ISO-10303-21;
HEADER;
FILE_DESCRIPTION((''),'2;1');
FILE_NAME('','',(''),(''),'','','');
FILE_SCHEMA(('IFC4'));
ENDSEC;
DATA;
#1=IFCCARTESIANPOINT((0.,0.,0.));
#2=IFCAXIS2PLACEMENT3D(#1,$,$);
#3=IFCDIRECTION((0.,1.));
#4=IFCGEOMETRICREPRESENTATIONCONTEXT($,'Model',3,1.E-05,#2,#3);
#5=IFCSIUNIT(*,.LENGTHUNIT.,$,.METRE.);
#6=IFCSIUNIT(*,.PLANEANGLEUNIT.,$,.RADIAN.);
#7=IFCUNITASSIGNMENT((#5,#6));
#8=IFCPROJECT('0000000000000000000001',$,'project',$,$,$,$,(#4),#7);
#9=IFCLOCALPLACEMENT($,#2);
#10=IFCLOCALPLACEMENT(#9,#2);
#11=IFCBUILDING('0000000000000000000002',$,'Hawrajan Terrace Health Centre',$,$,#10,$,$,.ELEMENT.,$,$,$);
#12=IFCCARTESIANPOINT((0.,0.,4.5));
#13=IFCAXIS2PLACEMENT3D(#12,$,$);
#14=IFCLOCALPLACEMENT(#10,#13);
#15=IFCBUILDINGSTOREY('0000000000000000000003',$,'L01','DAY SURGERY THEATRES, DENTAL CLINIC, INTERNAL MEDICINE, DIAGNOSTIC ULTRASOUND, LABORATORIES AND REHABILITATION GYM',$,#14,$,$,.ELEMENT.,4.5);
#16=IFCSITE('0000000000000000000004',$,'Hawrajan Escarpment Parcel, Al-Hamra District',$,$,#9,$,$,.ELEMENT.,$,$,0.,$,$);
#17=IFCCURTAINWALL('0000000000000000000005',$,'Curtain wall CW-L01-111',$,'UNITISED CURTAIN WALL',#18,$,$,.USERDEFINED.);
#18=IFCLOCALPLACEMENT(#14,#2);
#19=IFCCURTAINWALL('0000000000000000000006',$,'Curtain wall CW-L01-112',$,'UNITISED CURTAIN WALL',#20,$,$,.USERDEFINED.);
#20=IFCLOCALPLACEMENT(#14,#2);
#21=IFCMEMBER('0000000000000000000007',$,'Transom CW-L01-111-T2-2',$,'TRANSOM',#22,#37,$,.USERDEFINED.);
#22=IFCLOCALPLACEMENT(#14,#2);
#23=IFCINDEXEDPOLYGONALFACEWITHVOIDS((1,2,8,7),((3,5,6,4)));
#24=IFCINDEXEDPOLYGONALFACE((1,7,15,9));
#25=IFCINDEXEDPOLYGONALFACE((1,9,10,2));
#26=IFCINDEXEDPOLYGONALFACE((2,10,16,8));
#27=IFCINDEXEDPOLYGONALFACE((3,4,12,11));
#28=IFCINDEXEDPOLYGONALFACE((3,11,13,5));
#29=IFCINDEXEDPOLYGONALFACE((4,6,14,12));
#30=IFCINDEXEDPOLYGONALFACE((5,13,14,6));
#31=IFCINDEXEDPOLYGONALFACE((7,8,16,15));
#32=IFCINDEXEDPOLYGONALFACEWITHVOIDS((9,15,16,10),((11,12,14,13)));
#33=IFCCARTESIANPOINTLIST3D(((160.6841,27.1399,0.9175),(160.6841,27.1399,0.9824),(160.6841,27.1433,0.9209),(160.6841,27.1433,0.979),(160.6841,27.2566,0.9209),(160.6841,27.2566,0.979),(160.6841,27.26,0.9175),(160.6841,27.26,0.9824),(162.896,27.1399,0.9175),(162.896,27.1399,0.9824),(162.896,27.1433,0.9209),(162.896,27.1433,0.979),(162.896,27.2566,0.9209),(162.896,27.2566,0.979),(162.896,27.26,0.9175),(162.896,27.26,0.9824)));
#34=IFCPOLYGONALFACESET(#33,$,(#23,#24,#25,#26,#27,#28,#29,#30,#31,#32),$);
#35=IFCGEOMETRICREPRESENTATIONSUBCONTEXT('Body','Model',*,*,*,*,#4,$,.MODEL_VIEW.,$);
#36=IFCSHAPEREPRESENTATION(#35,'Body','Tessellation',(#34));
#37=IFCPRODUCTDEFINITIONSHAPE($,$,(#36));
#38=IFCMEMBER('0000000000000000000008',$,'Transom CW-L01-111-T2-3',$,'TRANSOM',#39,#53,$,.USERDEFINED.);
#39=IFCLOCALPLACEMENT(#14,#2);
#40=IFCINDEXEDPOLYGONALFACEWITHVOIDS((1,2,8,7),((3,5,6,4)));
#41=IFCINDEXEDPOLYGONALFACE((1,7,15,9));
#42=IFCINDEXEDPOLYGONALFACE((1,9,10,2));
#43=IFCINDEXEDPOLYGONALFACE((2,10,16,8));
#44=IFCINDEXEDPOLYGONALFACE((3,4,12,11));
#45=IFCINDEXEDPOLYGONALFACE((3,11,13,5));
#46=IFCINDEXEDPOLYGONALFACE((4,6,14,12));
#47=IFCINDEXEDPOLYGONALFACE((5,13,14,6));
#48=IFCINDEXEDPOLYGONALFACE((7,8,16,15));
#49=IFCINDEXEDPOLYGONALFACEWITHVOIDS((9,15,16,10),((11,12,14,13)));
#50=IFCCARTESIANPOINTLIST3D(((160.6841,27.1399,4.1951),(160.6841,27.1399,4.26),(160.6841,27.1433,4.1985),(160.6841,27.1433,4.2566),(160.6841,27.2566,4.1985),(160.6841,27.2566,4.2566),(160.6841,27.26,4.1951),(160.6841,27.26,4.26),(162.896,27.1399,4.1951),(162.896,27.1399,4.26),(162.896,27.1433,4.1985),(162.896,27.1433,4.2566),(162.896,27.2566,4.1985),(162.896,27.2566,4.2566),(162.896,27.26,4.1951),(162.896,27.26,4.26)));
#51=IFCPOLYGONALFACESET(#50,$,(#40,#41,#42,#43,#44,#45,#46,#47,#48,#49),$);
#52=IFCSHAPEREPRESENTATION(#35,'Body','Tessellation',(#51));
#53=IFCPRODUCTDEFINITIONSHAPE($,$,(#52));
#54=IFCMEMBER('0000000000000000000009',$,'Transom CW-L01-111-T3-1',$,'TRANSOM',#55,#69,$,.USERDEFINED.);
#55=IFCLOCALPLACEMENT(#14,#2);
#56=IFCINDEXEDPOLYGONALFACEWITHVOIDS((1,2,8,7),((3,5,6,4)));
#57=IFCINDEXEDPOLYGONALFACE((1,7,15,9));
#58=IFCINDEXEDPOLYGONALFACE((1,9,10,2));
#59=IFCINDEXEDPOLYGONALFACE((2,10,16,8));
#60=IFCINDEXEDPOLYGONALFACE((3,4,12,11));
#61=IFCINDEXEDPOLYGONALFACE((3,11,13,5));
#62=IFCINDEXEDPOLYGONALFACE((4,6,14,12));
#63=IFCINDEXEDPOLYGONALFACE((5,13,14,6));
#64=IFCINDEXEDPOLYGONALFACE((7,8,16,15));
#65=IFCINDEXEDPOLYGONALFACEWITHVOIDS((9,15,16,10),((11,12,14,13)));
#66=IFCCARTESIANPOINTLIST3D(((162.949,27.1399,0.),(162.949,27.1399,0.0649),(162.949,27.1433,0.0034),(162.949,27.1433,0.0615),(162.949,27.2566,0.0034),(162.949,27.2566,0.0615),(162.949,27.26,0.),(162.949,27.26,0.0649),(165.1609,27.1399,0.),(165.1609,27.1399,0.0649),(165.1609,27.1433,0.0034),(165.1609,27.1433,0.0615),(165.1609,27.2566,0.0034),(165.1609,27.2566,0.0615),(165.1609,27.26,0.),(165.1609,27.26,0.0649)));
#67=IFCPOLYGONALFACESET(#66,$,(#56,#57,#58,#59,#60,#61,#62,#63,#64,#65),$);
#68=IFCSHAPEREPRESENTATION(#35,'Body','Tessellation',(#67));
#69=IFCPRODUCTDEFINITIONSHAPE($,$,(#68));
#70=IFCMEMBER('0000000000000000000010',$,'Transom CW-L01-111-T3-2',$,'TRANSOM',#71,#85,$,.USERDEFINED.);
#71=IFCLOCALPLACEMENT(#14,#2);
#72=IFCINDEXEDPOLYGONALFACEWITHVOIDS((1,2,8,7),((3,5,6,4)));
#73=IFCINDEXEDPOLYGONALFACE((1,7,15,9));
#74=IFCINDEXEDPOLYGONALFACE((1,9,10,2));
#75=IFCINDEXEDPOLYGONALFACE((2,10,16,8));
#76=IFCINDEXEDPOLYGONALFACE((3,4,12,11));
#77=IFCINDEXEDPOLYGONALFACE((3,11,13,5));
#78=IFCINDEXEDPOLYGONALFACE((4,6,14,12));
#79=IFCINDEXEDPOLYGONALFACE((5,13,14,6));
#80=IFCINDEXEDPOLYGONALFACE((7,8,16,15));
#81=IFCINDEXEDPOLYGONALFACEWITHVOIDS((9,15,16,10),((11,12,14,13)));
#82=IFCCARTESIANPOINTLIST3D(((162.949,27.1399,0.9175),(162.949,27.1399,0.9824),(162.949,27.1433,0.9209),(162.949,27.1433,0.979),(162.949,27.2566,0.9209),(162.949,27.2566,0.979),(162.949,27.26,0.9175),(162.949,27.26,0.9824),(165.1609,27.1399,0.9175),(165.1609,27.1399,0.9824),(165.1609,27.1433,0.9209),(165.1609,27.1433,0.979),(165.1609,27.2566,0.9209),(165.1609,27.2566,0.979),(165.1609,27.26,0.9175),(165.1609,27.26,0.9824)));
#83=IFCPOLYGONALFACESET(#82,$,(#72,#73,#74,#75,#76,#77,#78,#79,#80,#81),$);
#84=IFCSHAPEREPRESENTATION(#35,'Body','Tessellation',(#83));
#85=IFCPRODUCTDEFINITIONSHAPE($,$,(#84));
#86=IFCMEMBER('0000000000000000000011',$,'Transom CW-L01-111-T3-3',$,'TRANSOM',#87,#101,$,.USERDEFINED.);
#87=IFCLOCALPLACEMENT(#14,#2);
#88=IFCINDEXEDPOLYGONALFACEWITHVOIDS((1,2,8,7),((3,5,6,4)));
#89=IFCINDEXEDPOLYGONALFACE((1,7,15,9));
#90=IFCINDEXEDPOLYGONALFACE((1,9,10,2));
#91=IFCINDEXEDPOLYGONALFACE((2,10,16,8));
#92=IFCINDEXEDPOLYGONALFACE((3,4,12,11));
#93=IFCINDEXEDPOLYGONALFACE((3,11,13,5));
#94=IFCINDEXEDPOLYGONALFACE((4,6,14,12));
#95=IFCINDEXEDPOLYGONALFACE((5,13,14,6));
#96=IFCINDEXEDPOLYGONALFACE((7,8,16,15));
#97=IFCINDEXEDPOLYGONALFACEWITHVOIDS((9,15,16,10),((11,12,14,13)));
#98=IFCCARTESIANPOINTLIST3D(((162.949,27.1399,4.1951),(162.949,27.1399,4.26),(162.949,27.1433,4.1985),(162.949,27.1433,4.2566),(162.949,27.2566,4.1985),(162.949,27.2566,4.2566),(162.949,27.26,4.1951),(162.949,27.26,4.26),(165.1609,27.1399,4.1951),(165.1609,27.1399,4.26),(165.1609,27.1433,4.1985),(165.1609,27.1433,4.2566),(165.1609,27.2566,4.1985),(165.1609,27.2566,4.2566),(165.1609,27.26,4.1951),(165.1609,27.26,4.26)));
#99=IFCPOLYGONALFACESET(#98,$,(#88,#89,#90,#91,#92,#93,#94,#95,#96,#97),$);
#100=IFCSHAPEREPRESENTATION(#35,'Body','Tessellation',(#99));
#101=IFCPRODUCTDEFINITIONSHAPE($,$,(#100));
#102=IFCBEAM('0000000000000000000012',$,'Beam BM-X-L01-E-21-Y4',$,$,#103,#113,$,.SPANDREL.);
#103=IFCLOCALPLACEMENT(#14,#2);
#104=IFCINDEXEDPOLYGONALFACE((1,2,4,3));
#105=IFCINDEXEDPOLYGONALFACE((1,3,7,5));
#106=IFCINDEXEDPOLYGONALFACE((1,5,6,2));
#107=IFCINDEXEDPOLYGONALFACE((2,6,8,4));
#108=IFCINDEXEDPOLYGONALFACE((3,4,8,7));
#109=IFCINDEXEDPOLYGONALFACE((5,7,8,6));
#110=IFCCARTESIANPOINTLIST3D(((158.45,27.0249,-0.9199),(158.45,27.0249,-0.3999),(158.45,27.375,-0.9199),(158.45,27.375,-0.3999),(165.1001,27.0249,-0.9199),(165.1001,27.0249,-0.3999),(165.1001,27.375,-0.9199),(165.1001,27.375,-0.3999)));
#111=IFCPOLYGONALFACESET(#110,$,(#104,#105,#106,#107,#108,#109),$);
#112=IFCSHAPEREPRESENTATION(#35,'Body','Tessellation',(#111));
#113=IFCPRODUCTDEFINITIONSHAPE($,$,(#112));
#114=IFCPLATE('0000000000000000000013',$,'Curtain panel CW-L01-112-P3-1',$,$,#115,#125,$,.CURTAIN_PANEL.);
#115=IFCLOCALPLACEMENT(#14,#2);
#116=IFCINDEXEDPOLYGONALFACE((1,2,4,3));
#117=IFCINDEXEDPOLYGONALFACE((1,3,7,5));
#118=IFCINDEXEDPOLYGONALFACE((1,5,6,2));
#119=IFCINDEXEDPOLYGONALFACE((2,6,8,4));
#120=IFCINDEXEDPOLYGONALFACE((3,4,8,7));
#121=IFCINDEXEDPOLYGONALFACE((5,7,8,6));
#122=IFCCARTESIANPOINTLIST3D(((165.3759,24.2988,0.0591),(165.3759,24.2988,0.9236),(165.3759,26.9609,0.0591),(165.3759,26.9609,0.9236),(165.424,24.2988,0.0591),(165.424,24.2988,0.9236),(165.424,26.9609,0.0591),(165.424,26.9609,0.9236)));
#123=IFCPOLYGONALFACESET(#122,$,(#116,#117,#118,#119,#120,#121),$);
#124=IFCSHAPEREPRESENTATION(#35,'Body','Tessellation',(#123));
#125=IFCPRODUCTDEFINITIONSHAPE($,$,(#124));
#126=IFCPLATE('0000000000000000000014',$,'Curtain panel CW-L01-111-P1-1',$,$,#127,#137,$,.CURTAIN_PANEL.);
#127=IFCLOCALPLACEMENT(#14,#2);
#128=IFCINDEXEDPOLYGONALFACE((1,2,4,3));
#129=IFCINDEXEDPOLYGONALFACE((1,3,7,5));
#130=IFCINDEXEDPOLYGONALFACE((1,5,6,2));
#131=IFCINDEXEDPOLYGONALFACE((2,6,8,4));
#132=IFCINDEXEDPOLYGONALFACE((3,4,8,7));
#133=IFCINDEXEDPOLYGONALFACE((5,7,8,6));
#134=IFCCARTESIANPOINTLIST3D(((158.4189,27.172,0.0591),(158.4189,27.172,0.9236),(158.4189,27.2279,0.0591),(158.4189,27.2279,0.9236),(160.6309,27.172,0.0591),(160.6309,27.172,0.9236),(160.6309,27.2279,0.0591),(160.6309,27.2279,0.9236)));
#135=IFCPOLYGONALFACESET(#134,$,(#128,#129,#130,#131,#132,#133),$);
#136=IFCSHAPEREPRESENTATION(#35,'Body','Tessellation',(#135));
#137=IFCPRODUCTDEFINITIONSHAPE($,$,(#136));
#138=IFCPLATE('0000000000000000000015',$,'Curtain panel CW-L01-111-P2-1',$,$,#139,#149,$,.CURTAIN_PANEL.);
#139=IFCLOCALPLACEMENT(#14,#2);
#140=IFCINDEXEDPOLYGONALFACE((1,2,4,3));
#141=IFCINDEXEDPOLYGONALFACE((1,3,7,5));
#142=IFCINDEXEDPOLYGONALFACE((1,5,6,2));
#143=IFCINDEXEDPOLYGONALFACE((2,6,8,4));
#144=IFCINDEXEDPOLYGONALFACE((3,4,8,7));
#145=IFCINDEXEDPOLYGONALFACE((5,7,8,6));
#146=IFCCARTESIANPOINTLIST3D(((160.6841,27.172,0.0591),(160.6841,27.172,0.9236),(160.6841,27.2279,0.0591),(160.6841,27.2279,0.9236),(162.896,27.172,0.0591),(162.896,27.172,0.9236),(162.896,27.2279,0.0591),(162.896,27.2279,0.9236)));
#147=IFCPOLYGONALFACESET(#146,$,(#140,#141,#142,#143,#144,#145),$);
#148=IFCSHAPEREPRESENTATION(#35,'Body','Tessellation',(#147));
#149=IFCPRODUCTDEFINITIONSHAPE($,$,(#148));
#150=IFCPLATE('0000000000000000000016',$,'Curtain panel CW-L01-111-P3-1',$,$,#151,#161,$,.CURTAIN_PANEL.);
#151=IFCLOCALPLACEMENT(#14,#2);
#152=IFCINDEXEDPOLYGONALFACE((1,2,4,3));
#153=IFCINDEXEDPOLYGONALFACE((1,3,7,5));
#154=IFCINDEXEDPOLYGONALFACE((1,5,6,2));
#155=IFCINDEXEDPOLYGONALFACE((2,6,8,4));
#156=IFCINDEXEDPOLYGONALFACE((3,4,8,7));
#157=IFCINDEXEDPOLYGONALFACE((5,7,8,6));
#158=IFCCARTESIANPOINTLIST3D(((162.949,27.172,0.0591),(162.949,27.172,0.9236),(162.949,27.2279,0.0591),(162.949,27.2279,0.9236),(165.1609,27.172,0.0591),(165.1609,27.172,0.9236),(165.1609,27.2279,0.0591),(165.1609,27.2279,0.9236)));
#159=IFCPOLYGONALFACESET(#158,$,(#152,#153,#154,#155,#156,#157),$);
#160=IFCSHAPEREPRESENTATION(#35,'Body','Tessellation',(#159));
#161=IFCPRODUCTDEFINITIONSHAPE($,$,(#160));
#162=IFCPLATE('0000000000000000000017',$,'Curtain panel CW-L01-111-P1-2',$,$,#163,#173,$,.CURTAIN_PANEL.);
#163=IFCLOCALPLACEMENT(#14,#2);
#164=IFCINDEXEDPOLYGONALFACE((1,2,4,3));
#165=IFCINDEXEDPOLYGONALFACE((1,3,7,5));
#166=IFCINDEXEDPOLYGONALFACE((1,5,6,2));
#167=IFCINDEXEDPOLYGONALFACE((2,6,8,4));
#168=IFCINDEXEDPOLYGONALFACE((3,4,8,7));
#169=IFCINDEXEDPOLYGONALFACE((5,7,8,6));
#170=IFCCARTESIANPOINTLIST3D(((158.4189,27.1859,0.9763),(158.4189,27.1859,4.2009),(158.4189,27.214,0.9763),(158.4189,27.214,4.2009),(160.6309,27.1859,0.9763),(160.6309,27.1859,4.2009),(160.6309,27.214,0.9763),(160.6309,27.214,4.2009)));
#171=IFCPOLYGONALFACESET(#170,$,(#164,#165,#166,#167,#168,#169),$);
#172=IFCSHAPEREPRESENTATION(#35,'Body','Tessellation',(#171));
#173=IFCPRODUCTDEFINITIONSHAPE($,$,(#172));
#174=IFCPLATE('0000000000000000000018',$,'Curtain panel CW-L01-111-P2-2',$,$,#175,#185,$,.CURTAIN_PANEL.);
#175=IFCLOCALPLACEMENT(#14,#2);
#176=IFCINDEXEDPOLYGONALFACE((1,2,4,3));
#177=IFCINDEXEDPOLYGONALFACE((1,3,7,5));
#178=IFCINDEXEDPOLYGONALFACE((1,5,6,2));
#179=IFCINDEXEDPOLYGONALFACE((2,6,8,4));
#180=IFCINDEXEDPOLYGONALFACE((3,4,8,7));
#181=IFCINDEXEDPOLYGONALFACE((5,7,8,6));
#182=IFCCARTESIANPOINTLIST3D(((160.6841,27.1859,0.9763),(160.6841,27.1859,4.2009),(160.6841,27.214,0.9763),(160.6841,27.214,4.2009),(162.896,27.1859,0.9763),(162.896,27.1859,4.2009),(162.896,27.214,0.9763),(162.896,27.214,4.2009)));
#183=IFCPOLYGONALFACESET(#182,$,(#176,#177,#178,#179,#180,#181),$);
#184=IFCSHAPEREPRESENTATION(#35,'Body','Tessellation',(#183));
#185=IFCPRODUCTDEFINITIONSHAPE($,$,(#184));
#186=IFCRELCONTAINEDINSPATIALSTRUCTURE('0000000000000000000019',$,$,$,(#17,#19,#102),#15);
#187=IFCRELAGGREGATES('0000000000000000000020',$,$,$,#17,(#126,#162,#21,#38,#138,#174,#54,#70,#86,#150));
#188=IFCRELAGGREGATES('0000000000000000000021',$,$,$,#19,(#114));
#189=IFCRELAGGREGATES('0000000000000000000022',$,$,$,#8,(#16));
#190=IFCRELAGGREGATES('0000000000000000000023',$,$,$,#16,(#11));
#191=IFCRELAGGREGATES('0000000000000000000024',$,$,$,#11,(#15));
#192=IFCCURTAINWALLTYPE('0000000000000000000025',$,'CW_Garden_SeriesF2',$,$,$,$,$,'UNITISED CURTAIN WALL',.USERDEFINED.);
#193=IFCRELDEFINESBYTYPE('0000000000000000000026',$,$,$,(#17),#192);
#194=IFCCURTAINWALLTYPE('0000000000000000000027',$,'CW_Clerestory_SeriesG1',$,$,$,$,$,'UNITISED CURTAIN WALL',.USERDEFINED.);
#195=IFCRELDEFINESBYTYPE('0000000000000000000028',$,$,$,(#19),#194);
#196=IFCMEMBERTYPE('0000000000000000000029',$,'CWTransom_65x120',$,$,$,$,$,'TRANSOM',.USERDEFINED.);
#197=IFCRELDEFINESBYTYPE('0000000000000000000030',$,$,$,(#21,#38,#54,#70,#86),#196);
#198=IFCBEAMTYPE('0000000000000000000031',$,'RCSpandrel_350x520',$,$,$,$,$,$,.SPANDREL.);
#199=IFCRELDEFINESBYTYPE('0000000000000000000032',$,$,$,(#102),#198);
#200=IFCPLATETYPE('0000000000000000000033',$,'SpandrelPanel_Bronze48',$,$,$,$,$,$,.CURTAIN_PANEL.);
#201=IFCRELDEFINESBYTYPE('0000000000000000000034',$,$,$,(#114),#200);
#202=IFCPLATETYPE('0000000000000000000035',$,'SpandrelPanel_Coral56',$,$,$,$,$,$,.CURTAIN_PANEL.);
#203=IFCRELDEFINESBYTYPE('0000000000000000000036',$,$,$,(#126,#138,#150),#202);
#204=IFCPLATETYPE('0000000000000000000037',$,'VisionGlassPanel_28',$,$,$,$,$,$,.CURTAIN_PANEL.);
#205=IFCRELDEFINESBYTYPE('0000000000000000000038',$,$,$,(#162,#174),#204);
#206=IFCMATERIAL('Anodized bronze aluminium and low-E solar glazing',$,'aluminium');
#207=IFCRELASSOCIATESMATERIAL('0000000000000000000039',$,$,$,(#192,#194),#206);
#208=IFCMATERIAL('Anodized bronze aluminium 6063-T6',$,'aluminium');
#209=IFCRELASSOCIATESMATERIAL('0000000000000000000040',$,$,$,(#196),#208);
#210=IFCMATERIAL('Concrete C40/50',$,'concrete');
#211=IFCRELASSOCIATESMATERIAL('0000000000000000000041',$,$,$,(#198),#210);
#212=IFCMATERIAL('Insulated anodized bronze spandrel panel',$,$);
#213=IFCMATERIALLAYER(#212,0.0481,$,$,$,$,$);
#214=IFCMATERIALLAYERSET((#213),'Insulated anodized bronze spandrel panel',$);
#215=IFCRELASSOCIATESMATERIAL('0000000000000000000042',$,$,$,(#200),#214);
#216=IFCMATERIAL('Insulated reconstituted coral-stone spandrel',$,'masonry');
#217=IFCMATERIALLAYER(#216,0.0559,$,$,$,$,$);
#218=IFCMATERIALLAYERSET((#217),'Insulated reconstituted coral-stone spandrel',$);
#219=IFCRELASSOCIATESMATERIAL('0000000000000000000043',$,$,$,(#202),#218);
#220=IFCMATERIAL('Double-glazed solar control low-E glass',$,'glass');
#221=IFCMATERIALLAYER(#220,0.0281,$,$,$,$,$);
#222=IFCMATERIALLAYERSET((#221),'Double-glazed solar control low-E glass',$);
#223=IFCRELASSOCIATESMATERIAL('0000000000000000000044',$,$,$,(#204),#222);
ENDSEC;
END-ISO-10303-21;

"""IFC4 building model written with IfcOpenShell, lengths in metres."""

from ifc_helpers import new_model, si_unit, direction, frame, origin, origin_2d, place, context, subcontext, project, spatial, rectangle, hollow_rectangle, extrude, material, layer, layer_set, material_profile, profile_set, type_object, element, aggregate, save


model = new_model("IFC4")

# Units and contexts
model_context = context("Model", 3, precision=1e-05, world=origin(), true_north=direction((0.0, 1.0)))
body_context = subcontext(model_context, "Body", "Model", "MODEL_VIEW")
ifc_project = project(units=[si_unit("LENGTHUNIT", "METRE"), si_unit("PLANEANGLEUNIT", "RADIAN")], contexts=[model_context])

# Site, building, storey
site_placement = place(None, origin())
site = spatial("IfcSite", under=ifc_project, at=site_placement, Name="Hawrajan Escarpment Parcel, Al-Hamra District", CompositionType="ELEMENT", RefElevation=0.0)
building_placement = place(site_placement, origin())
building = spatial("IfcBuilding", under=site, at=building_placement, Name="Hawrajan Terrace Health Centre", CompositionType="ELEMENT")
storey_placement = place(building_placement, frame((0.0, 0.0, 4.5)))
storey = spatial("IfcBuildingStorey", under=building, at=storey_placement, Name="L01", Description="DAY SURGERY THEATRES, DENTAL CLINIC, INTERNAL MEDICINE, DIAGNOSTIC ULTRASOUND, LABORATORIES AND REHABILITATION GYM", CompositionType="ELEMENT", Elevation=4.5)

# Curtain wall
ifc_material_1 = material(Name="Anodized bronze aluminium and low-E solar glazing", Category="aluminium")
curtain_wall_type_1 = type_object("IfcCurtainWallType", Name="CW_Garden_SeriesF2", ElementType="UNITISED CURTAIN WALL", PredefinedType="USERDEFINED", material=ifc_material_1)
curtain_wall_1_placement = place(storey_placement, origin())
curtain_wall_1 = element("IfcCurtainWall", 1, at=curtain_wall_1_placement, inside=storey, type_object=curtain_wall_type_1, Name="Curtain wall CW-L01-111", ObjectType="UNITISED CURTAIN WALL", PredefinedType="USERDEFINED")
ifc_material_2 = material(Name="Anodized bronze aluminium 6063-T6", Category="aluminium")

# Curtain wall
curtain_wall_type_2 = type_object("IfcCurtainWallType", Name="CW_Clerestory_SeriesG1", ElementType="UNITISED CURTAIN WALL", PredefinedType="USERDEFINED", material=ifc_material_1)
curtain_wall_2_placement = place(storey_placement, origin())
curtain_wall_2 = element("IfcCurtainWall", 2, at=curtain_wall_2_placement, inside=storey, type_object=curtain_wall_type_2, Name="Curtain wall CW-L01-112", ObjectType="UNITISED CURTAIN WALL", PredefinedType="USERDEFINED")

# Members
ifc_material_profile_1 = material_profile(ifc_material_2, hollow_rectangle(XDim=0.0649, YDim=0.1201, WallThickness=0.0034, at=origin_2d()), Name="CW TRN 65x120")
ifc_profile_set_1 = profile_set([ifc_material_profile_1], Name="Anodized bronze aluminium 6063-T6")
member_type_1 = type_object("IfcMemberType", Name="CWTransom_65x120", ElementType="TRANSOM", PredefinedType="USERDEFINED", material=ifc_profile_set_1)
member_1_placement = place(storey_placement, frame((160.6841, 27.2, 0.95), z_axis=(1.0, 0.0, 0.0), x_axis=(0.0, 0.0, 1.0)))
member_1 = element("IfcMember", 3, at=member_1_placement, type_object=member_type_1, Name="Transom CW-L01-111-T2-2", ObjectType="TRANSOM", PredefinedType="USERDEFINED", context=body_context, shape_type="SweptSolid", body=[
    extrude(hollow_rectangle(XDim=0.0649, YDim=0.1201, WallThickness=0.0034, at=origin_2d()), origin(), (0.0, 0.0, 1.0), 2.2119),
])
member_2_placement = place(storey_placement, frame((160.6841, 27.2, 4.2275), z_axis=(1.0, 0.0, 0.0), x_axis=(0.0, 0.0, 1.0)))
member_2 = element("IfcMember", 4, at=member_2_placement, type_object=member_type_1, Name="Transom CW-L01-111-T2-3", ObjectType="TRANSOM", PredefinedType="USERDEFINED", context=body_context, shape_type="SweptSolid", body=[
    extrude(hollow_rectangle(XDim=0.0649, YDim=0.1201, WallThickness=0.0034, at=origin_2d()), origin(), (0.0, 0.0, 1.0), 2.2119),
])
member_3_placement = place(storey_placement, frame((162.949, 27.2, 0.0325), z_axis=(1.0, 0.0, 0.0), x_axis=(0.0, 0.0, 1.0)))
member_3 = element("IfcMember", 5, at=member_3_placement, type_object=member_type_1, Name="Transom CW-L01-111-T3-1", ObjectType="TRANSOM", PredefinedType="USERDEFINED", context=body_context, shape_type="SweptSolid", body=[
    extrude(hollow_rectangle(XDim=0.0649, YDim=0.1201, WallThickness=0.0034, at=origin_2d()), origin(), (0.0, 0.0, 1.0), 2.2119),
])
member_4_placement = place(storey_placement, frame((162.949, 27.2, 0.95), z_axis=(1.0, 0.0, 0.0), x_axis=(0.0, 0.0, 1.0)))
member_4 = element("IfcMember", 6, at=member_4_placement, type_object=member_type_1, Name="Transom CW-L01-111-T3-2", ObjectType="TRANSOM", PredefinedType="USERDEFINED", context=body_context, shape_type="SweptSolid", body=[
    extrude(hollow_rectangle(XDim=0.0649, YDim=0.1201, WallThickness=0.0034, at=origin_2d()), origin(), (0.0, 0.0, 1.0), 2.2119),
])
member_5_placement = place(storey_placement, frame((162.949, 27.2, 4.2275), z_axis=(1.0, 0.0, 0.0), x_axis=(0.0, 0.0, 1.0)))
member_5 = element("IfcMember", 7, at=member_5_placement, type_object=member_type_1, Name="Transom CW-L01-111-T3-3", ObjectType="TRANSOM", PredefinedType="USERDEFINED", context=body_context, shape_type="SweptSolid", body=[
    extrude(hollow_rectangle(XDim=0.0649, YDim=0.1201, WallThickness=0.0034, at=origin_2d()), origin(), (0.0, 0.0, 1.0), 2.2119),
])

# Beam
ifc_material_3 = material(Name="Concrete C40/50", Category="concrete")
ifc_material_profile_2 = material_profile(ifc_material_3, rectangle(XDim=0.3501, YDim=0.52, at=origin_2d()), Name="RC SP 350x520")
ifc_profile_set_2 = profile_set([ifc_material_profile_2], Name="Concrete C40/50")
beam_type = type_object("IfcBeamType", Name="RCSpandrel_350x520", PredefinedType="SPANDREL", material=ifc_profile_set_2)
beam_placement = place(storey_placement, frame((158.45, 27.2, -0.6599), z_axis=(1.0, 0.0, 0.0), x_axis=(0.0, 1.0, 0.0)))
element("IfcBeam", 8, at=beam_placement, inside=storey, type_object=beam_type, Name="Beam BM-X-L01-E-21-Y4", PredefinedType="SPANDREL", context=body_context, shape_type="SweptSolid", body=[
    extrude(rectangle(XDim=0.3501, YDim=0.52, at=origin_2d()), origin(), (0.0, 0.0, 1.0), 6.6501),
])

# Plates
ifc_material_4 = material(Name="Insulated anodized bronze spandrel panel")
ifc_layer_1 = layer(ifc_material_4, 0.0481)
ifc_layer_set_1 = layer_set([ifc_layer_1], Name="Insulated anodized bronze spandrel panel")
plate_type_1 = type_object("IfcPlateType", Name="SpandrelPanel_Bronze48", PredefinedType="CURTAIN_PANEL", material=ifc_layer_set_1)
plate_1_placement = place(storey_placement, frame((165.3999, 25.6299, 0.0591), z_axis=(0.0, 0.0, 1.0), x_axis=(0.0, 1.0, 0.0)))
plate_1 = element("IfcPlate", 9, at=plate_1_placement, type_object=plate_type_1, Name="Curtain panel CW-L01-112-P3-1", PredefinedType="CURTAIN_PANEL", context=body_context, shape_type="SweptSolid", body=[
    extrude(rectangle(XDim=2.6621, YDim=0.0481, at=origin_2d()), origin(), (0.0, 0.0, 1.0), 0.8645),
])
ifc_material_5 = material(Name="Insulated reconstituted coral-stone spandrel", Category="masonry")
ifc_layer_2 = layer(ifc_material_5, 0.0559)
ifc_layer_set_2 = layer_set([ifc_layer_2], Name="Insulated reconstituted coral-stone spandrel")
plate_type_2 = type_object("IfcPlateType", Name="SpandrelPanel_Coral56", PredefinedType="CURTAIN_PANEL", material=ifc_layer_set_2)
plate_2_placement = place(storey_placement, frame((159.5249, 27.2, 0.0591), z_axis=(0.0, 0.0, 1.0), x_axis=(1.0, 0.0, 0.0)))
plate_2 = element("IfcPlate", 10, at=plate_2_placement, type_object=plate_type_2, Name="Curtain panel CW-L01-111-P1-1", PredefinedType="CURTAIN_PANEL", context=body_context, shape_type="SweptSolid", body=[
    extrude(rectangle(XDim=2.2119, YDim=0.0559, at=origin_2d()), origin(), (0.0, 0.0, 1.0), 0.8645),
])
plate_3_placement = place(storey_placement, frame((161.79, 27.2, 0.0591), z_axis=(0.0, 0.0, 1.0), x_axis=(1.0, 0.0, 0.0)))
plate_3 = element("IfcPlate", 11, at=plate_3_placement, type_object=plate_type_2, Name="Curtain panel CW-L01-111-P2-1", PredefinedType="CURTAIN_PANEL", context=body_context, shape_type="SweptSolid", body=[
    extrude(rectangle(XDim=2.2119, YDim=0.0559, at=origin_2d()), origin(), (0.0, 0.0, 1.0), 0.8645),
])
plate_4_placement = place(storey_placement, frame((164.0549, 27.2, 0.0591), z_axis=(0.0, 0.0, 1.0), x_axis=(1.0, 0.0, 0.0)))
plate_4 = element("IfcPlate", 12, at=plate_4_placement, type_object=plate_type_2, Name="Curtain panel CW-L01-111-P3-1", PredefinedType="CURTAIN_PANEL", context=body_context, shape_type="SweptSolid", body=[
    extrude(rectangle(XDim=2.2119, YDim=0.0559, at=origin_2d()), origin(), (0.0, 0.0, 1.0), 0.8645),
])
ifc_material_6 = material(Name="Double-glazed solar control low-E glass", Category="glass")
ifc_layer_3 = layer(ifc_material_6, 0.0281)
ifc_layer_set_3 = layer_set([ifc_layer_3], Name="Double-glazed solar control low-E glass")
plate_type_3 = type_object("IfcPlateType", Name="VisionGlassPanel_28", PredefinedType="CURTAIN_PANEL", material=ifc_layer_set_3)
plate_5_placement = place(storey_placement, frame((159.5249, 27.2, 0.9763), z_axis=(0.0, 0.0, 1.0), x_axis=(1.0, 0.0, 0.0)))
plate_5 = element("IfcPlate", 13, at=plate_5_placement, type_object=plate_type_3, Name="Curtain panel CW-L01-111-P1-2", PredefinedType="CURTAIN_PANEL", context=body_context, shape_type="SweptSolid", body=[
    extrude(rectangle(XDim=2.2119, YDim=0.0281, at=origin_2d()), origin(), (0.0, 0.0, 1.0), 3.2246),
])
plate_6_placement = place(storey_placement, frame((161.79, 27.2, 0.9763), z_axis=(0.0, 0.0, 1.0), x_axis=(1.0, 0.0, 0.0)))
plate_6 = element("IfcPlate", 14, at=plate_6_placement, type_object=plate_type_3, Name="Curtain panel CW-L01-111-P2-2", PredefinedType="CURTAIN_PANEL", context=body_context, shape_type="SweptSolid", body=[
    extrude(rectangle(XDim=2.2119, YDim=0.0281, at=origin_2d()), origin(), (0.0, 0.0, 1.0), 3.2246),
])
aggregate(curtain_wall_1, [plate_2, plate_5, member_1, member_2, plate_3, plate_6, member_3, member_4, member_5, plate_4])
aggregate(curtain_wall_2, [plate_1])

save(model, "model.ifc")
